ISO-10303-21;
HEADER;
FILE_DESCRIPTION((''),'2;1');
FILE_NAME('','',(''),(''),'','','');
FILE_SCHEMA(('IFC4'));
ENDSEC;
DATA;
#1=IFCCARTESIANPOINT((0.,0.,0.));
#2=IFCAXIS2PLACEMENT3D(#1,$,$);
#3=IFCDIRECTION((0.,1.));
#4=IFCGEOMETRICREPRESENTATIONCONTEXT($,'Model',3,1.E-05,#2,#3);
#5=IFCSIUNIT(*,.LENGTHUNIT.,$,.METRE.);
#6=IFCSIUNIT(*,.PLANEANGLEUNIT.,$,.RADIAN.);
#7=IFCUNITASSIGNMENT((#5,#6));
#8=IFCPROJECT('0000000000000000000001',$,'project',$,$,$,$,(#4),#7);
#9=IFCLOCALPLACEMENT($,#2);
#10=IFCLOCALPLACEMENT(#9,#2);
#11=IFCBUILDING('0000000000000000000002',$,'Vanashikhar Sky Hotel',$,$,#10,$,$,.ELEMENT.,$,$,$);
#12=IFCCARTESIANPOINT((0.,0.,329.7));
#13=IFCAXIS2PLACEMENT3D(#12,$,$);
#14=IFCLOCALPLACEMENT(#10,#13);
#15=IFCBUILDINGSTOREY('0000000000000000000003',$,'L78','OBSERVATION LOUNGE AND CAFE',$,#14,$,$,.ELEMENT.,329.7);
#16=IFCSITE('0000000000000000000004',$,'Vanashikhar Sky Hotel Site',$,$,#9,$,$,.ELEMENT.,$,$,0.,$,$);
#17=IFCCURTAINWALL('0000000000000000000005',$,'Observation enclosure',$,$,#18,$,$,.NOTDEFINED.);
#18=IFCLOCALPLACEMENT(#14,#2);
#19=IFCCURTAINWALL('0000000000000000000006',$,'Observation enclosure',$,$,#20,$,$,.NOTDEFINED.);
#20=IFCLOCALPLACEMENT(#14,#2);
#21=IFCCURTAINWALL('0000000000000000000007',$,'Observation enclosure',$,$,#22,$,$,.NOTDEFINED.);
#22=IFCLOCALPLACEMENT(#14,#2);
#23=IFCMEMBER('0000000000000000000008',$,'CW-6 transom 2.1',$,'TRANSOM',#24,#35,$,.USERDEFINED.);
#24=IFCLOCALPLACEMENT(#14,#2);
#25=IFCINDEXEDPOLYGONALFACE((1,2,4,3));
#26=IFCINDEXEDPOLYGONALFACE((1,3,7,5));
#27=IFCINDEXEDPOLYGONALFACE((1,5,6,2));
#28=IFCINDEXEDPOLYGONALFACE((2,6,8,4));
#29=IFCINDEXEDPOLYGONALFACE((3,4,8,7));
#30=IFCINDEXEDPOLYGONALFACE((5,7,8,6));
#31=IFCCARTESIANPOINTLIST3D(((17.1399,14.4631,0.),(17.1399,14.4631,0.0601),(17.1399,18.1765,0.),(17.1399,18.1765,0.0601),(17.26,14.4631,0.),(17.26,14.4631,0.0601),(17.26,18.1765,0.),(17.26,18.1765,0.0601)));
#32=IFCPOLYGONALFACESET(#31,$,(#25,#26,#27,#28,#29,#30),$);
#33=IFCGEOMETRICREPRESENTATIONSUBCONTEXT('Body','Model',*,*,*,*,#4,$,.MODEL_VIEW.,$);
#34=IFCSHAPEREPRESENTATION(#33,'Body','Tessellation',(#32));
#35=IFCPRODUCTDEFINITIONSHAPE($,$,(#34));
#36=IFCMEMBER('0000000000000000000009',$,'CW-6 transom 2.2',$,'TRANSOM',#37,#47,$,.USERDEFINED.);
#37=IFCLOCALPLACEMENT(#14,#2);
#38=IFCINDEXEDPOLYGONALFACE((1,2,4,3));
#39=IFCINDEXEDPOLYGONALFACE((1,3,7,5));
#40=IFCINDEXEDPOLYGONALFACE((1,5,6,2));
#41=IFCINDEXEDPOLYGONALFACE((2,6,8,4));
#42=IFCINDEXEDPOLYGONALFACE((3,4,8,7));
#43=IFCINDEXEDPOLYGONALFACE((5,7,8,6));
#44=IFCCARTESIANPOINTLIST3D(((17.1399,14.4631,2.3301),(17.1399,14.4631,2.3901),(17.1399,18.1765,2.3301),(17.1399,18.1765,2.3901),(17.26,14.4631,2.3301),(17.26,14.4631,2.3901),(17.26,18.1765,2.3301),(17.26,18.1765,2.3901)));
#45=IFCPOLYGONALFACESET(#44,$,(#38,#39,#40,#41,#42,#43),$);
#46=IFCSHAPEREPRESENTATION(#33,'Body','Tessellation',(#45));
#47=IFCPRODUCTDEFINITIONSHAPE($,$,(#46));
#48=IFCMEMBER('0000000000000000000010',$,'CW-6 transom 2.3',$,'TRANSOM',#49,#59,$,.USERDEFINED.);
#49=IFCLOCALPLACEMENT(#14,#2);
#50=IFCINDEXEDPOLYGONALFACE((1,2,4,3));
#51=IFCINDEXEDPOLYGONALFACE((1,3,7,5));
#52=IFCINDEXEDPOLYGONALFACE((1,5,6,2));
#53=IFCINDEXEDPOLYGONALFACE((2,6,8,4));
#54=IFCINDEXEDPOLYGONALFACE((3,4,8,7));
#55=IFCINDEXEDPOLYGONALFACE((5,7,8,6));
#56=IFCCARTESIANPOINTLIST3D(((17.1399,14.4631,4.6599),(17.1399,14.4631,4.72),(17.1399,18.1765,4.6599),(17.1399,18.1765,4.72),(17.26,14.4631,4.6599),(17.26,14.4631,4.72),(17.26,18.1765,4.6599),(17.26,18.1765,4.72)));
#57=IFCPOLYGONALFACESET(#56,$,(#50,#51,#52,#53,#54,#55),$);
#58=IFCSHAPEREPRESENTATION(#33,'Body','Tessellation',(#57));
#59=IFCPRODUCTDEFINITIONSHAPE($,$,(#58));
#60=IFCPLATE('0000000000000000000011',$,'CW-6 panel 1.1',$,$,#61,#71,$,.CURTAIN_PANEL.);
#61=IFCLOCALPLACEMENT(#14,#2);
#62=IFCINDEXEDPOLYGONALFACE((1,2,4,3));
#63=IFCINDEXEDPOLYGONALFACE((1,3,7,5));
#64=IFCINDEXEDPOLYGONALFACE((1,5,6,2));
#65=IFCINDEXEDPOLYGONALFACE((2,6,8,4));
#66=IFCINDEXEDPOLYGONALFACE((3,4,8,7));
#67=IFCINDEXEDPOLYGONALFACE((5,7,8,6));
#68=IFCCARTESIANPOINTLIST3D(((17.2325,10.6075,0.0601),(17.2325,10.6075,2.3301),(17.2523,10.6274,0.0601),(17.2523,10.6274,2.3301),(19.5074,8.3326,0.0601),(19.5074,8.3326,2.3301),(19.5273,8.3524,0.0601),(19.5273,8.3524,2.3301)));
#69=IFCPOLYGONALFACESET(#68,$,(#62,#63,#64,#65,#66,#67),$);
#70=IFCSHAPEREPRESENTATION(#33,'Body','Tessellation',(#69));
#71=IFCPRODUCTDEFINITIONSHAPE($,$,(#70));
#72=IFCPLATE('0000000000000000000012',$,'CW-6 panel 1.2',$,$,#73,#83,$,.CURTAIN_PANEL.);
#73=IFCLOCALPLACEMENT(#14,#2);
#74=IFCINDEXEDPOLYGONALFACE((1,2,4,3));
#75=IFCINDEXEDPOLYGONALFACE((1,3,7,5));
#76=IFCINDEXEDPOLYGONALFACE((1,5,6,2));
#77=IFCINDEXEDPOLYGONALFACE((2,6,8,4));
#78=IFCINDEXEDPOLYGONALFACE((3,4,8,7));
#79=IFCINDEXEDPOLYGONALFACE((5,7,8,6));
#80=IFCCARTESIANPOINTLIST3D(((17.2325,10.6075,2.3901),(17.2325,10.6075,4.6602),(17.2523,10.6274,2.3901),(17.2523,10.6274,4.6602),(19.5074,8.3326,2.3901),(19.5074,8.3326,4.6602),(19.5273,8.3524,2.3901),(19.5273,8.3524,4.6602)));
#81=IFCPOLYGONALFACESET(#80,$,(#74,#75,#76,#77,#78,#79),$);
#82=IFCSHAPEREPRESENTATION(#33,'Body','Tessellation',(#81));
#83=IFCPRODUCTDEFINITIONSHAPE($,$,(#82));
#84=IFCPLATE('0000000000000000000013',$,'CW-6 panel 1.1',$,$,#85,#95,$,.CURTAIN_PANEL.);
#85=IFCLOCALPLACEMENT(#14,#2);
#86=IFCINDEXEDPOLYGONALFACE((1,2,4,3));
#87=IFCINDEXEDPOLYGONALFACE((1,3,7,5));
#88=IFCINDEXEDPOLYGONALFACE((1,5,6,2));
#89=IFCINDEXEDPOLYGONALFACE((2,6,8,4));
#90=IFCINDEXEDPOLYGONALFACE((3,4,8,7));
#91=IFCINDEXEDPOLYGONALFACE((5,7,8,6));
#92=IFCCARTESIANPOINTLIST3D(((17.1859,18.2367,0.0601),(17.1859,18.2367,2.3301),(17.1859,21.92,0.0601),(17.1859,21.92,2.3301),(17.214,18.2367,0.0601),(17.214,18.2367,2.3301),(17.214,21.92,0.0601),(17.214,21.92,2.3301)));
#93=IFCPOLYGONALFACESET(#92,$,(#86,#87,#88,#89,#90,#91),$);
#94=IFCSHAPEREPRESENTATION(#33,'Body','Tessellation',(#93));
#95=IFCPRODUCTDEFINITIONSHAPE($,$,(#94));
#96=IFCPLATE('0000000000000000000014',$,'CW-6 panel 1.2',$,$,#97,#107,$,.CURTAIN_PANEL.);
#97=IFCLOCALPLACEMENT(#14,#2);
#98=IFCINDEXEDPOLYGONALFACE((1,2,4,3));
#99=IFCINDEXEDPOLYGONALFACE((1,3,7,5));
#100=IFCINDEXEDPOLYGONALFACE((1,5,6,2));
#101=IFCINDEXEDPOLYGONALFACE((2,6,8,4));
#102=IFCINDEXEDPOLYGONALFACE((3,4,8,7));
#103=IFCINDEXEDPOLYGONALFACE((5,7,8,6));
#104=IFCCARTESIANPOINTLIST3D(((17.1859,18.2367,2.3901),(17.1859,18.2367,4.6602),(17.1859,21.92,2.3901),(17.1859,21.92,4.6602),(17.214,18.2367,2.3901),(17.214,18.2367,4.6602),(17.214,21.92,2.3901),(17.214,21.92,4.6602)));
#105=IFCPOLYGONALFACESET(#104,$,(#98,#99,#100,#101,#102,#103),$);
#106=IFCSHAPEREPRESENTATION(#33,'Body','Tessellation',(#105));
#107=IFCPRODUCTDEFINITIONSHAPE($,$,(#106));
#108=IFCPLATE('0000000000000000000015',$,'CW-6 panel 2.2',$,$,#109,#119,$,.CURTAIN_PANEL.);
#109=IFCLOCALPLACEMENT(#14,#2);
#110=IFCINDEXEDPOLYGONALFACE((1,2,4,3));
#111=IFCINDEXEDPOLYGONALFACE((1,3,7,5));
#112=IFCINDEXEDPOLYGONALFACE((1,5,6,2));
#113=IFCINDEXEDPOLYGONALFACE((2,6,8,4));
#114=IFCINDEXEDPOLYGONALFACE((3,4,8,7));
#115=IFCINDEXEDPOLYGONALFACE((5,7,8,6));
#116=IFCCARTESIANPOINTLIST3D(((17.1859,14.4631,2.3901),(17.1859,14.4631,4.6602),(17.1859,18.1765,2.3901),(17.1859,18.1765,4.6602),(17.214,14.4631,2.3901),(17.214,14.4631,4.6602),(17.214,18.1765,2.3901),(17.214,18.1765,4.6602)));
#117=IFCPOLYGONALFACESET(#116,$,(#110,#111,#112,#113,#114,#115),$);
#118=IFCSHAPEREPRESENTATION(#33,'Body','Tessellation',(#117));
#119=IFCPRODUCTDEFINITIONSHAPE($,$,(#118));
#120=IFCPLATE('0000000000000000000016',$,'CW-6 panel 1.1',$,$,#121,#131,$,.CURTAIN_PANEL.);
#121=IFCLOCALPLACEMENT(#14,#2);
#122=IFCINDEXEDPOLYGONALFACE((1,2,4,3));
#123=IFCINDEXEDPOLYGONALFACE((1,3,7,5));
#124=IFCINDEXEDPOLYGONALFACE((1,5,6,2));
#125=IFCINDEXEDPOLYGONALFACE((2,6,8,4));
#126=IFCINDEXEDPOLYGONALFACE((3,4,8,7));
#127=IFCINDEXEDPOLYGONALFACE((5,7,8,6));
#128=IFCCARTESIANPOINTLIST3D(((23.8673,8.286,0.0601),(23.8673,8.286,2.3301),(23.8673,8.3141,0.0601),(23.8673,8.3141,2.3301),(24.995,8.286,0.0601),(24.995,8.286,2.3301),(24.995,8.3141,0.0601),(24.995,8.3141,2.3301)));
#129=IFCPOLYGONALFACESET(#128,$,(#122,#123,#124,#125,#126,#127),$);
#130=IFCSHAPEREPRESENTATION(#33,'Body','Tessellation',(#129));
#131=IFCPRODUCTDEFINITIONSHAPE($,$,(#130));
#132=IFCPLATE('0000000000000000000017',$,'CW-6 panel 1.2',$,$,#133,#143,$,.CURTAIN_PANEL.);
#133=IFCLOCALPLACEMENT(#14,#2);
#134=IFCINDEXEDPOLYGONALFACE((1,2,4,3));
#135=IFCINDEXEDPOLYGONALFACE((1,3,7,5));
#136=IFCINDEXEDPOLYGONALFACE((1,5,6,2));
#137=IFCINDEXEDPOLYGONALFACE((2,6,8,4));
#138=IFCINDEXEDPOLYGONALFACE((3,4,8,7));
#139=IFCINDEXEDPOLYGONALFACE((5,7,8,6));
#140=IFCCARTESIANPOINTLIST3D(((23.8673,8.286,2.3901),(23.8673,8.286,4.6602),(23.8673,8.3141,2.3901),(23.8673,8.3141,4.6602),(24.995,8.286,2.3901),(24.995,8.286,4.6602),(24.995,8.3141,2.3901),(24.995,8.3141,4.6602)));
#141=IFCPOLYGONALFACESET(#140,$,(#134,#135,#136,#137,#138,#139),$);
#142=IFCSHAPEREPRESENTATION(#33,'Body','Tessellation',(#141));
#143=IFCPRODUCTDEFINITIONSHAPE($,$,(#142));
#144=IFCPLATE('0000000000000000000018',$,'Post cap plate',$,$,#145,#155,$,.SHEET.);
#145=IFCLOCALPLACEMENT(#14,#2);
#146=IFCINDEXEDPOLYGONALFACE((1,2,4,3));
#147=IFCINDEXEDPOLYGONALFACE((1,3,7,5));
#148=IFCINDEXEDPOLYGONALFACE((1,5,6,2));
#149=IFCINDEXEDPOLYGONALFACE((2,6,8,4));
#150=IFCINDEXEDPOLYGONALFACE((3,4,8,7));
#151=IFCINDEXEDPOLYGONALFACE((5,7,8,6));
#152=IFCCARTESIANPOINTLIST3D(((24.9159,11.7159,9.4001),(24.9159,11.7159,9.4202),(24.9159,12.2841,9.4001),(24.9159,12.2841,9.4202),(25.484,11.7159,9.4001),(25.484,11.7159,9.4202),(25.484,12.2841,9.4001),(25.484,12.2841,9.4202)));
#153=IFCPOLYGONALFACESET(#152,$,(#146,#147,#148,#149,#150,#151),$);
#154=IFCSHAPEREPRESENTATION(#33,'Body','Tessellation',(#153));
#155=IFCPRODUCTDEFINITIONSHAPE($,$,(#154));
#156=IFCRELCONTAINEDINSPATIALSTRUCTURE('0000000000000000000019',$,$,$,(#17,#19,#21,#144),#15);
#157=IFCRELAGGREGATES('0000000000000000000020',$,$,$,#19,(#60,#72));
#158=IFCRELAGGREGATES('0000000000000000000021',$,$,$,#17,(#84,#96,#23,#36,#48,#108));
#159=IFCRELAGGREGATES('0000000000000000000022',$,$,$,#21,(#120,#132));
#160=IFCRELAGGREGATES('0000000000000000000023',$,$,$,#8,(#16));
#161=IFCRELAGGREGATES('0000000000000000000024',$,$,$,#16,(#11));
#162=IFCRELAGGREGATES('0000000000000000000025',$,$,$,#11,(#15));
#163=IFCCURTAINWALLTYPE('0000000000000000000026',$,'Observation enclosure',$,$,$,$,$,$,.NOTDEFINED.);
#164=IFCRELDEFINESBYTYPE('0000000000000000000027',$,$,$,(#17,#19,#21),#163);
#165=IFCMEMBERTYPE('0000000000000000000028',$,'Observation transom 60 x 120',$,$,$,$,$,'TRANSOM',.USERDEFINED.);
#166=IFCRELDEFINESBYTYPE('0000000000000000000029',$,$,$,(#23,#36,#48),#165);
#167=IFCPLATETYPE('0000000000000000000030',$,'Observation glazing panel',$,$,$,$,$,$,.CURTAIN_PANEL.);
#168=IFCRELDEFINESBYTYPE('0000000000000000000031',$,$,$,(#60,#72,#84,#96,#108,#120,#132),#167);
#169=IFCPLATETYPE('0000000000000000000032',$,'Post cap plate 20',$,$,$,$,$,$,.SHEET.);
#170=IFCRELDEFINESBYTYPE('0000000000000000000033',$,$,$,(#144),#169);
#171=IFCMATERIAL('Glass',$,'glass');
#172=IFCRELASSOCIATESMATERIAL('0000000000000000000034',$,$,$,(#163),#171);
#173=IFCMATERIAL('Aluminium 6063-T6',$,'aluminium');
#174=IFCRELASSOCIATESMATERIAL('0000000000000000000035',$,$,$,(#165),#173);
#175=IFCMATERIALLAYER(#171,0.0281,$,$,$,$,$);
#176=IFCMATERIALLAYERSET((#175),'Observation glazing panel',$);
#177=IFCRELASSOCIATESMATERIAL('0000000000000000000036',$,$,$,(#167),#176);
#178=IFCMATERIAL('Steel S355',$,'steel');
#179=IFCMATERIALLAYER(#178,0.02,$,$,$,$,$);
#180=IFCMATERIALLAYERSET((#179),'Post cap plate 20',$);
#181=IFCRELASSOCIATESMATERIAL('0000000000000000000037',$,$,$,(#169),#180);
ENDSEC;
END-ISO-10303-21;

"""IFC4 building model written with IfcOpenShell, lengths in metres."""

from ifc_helpers import new_model, si_unit, direction, frame, origin, origin_2d, place, context, subcontext, project, spatial, rectangle, extrude, source, transform, mapped, material, layer, layer_set, material_profile, profile_set, type_object, element, aggregate, save


model = new_model("IFC4")

# Units and contexts
model_context = context("Model", 3, precision=1e-05, world=origin(), true_north=direction((0.0, 1.0)))
body_context = subcontext(model_context, "Body", "Model", "MODEL_VIEW")
ifc_project = project(units=[si_unit("LENGTHUNIT", "METRE"), si_unit("PLANEANGLEUNIT", "RADIAN")], contexts=[model_context])

# Site, building, storey
site_placement = place(None, origin())
site = spatial("IfcSite", under=ifc_project, at=site_placement, Name="Vanashikhar Sky Hotel Site", CompositionType="ELEMENT", RefElevation=0.0)
building_placement = place(site_placement, origin())
building = spatial("IfcBuilding", under=site, at=building_placement, Name="Vanashikhar Sky Hotel", CompositionType="ELEMENT")
storey_placement = place(building_placement, frame((0.0, 0.0, 329.7)))
storey = spatial("IfcBuildingStorey", under=building, at=storey_placement, Name="L78", Description="OBSERVATION LOUNGE AND CAFE", CompositionType="ELEMENT", Elevation=329.7)

# Shared definitions
ifc_material_1 = material(Name="Steel S355", Category="steel")

# Curtain wall
ifc_material_2 = material(Name="Glass", Category="glass")
curtain_wall_type = type_object("IfcCurtainWallType", Name="Observation enclosure", PredefinedType="NOTDEFINED", material=ifc_material_2)
curtain_wall_1_placement = place(storey_placement, origin())
curtain_wall_1 = element("IfcCurtainWall", 1, at=curtain_wall_1_placement, inside=storey, type_object=curtain_wall_type, Name="Observation enclosure", PredefinedType="NOTDEFINED")
ifc_material_3 = material(Name="Aluminium 6063-T6", Category="aluminium")

# Curtain wall
curtain_wall_2_placement = place(storey_placement, origin())
curtain_wall_2 = element("IfcCurtainWall", 2, at=curtain_wall_2_placement, inside=storey, type_object=curtain_wall_type, Name="Observation enclosure", PredefinedType="NOTDEFINED")

# Curtain wall
curtain_wall_3_placement = place(storey_placement, origin())
curtain_wall_3 = element("IfcCurtainWall", 3, at=curtain_wall_3_placement, inside=storey, type_object=curtain_wall_type, Name="Observation enclosure", PredefinedType="NOTDEFINED")

# Members
ifc_material_profile_1 = material_profile(ifc_material_3, rectangle(XDim=0.1201, YDim=0.0601, at=origin_2d()))
ifc_profile_set_1 = profile_set([ifc_material_profile_1], Name="Aluminium 6063-T6")
member_type_1 = type_object("IfcMemberType", Name="Observation transom 60 x 120", ElementType="TRANSOM", PredefinedType="USERDEFINED", material=ifc_profile_set_1)
shared_shape_1 = source(origin(), body_context, "Body", "SweptSolid", [
    extrude(rectangle(XDim=0.1201, YDim=0.0601, at=origin_2d()), origin(), (0.0, 0.0, 1.0), 3.7134),
])
member_1_placement = place(storey_placement, frame((17.2, 18.1765, 0.03), z_axis=(0.0, -1.0, 0.0), x_axis=(1.0, 0.0, 0.0)))
member_1 = element("IfcMember", 4, at=member_1_placement, type_object=member_type_1, Name="CW-6 transom 2.1", ObjectType="TRANSOM", PredefinedType="USERDEFINED", context=body_context, shape_type="MappedRepresentation", body=[
    mapped(shared_shape_1, transform((0.0, 0.0, 0.0), scale=1.0)),
])
member_2_placement = place(storey_placement, frame((17.2, 18.1765, 2.3601), z_axis=(0.0, -1.0, 0.0), x_axis=(1.0, 0.0, 0.0)))
member_2 = element("IfcMember", 5, at=member_2_placement, type_object=member_type_1, Name="CW-6 transom 2.2", ObjectType="TRANSOM", PredefinedType="USERDEFINED", context=body_context, shape_type="MappedRepresentation", body=[
    mapped(shared_shape_1, transform((0.0, 0.0, 0.0), scale=1.0)),
])
member_3_placement = place(storey_placement, frame((17.2, 18.1765, 4.6899), z_axis=(0.0, -1.0, 0.0), x_axis=(1.0, 0.0, 0.0)))
member_3 = element("IfcMember", 6, at=member_3_placement, type_object=member_type_1, Name="CW-6 transom 2.3", ObjectType="TRANSOM", PredefinedType="USERDEFINED", context=body_context, shape_type="MappedRepresentation", body=[
    mapped(shared_shape_1, transform((0.0, 0.0, 0.0), scale=1.0)),
])

# Plates
ifc_layer_1 = layer(ifc_material_2, 0.0281)
ifc_layer_set_1 = layer_set([ifc_layer_1], Name="Observation glazing panel")
plate_type_1 = type_object("IfcPlateType", Name="Observation glazing panel", PredefinedType="CURTAIN_PANEL", material=ifc_layer_set_1)
shared_shape_2 = source(origin(), body_context, "Body", "SweptSolid", [
    extrude(rectangle(XDim=3.2173, YDim=0.0281, at=origin_2d()), origin(), (0.0, 0.0, 1.0), 2.27),
])
plate_1_placement = place(storey_placement, frame((18.3799, 9.48, 0.0601), z_axis=(0.0, 0.0, 1.0), x_axis=(0.707107, -0.707107, 0.0)))
plate_1 = element("IfcPlate", 7, at=plate_1_placement, type_object=plate_type_1, Name="CW-6 panel 1.1", PredefinedType="CURTAIN_PANEL", context=body_context, shape_type="MappedRepresentation", body=[
    mapped(shared_shape_2, transform((0.0, 0.0, 0.0), scale=1.0)),
])
plate_2_placement = place(storey_placement, frame((18.3799, 9.48, 2.3901), z_axis=(0.0, 0.0, 1.0), x_axis=(0.707107, -0.707107, 0.0)))
plate_2 = element("IfcPlate", 8, at=plate_2_placement, type_object=plate_type_1, Name="CW-6 panel 1.2", PredefinedType="CURTAIN_PANEL", context=body_context, shape_type="MappedRepresentation", body=[
    mapped(shared_shape_2, transform((0.0, 0.0, 0.0), scale=1.0)),
])
aggregate(curtain_wall_2, [plate_1, plate_2])
shared_shape_3 = source(origin(), body_context, "Body", "SweptSolid", [
    extrude(rectangle(XDim=3.6833, YDim=0.0281, at=origin_2d()), origin(), (0.0, 0.0, 1.0), 2.27),
])
plate_3_placement = place(storey_placement, frame((17.2, 20.0784, 0.0601), z_axis=(0.0, 0.0, 1.0), x_axis=(0.0, -1.0, 0.0)))
plate_3 = element("IfcPlate", 9, at=plate_3_placement, type_object=plate_type_1, Name="CW-6 panel 1.1", PredefinedType="CURTAIN_PANEL", context=body_context, shape_type="MappedRepresentation", body=[
    mapped(shared_shape_3, transform((0.0, 0.0, 0.0), scale=1.0)),
])
plate_4_placement = place(storey_placement, frame((17.2, 20.0784, 2.3901), z_axis=(0.0, 0.0, 1.0), x_axis=(0.0, -1.0, 0.0)))
plate_4 = element("IfcPlate", 10, at=plate_4_placement, type_object=plate_type_1, Name="CW-6 panel 1.2", PredefinedType="CURTAIN_PANEL", context=body_context, shape_type="MappedRepresentation", body=[
    mapped(shared_shape_3, transform((0.0, 0.0, 0.0), scale=1.0)),
])
shared_shape_4 = source(origin(), body_context, "Body", "SweptSolid", [
    extrude(rectangle(XDim=3.7134, YDim=0.0281, at=origin_2d()), origin(), (0.0, 0.0, 1.0), 2.27),
])
plate_5_placement = place(storey_placement, frame((17.2, 16.3198, 2.3901), z_axis=(0.0, 0.0, 1.0), x_axis=(0.0, -1.0, 0.0)))
plate_5 = element("IfcPlate", 11, at=plate_5_placement, type_object=plate_type_1, Name="CW-6 panel 2.2", PredefinedType="CURTAIN_PANEL", context=body_context, shape_type="MappedRepresentation", body=[
    mapped(shared_shape_4, transform((0.0, 0.0, 0.0), scale=1.0)),
])
aggregate(curtain_wall_1, [plate_3, plate_4, member_1, member_2, member_3, plate_5])
shared_shape_5 = source(origin(), body_context, "Body", "SweptSolid", [
    extrude(rectangle(XDim=1.1277, YDim=0.0281, at=origin_2d()), origin(), (0.0, 0.0, 1.0), 2.27),
])
plate_6_placement = place(storey_placement, frame((24.4312, 8.3, 0.0601), z_axis=(0.0, 0.0, 1.0), x_axis=(1.0, 0.0, 0.0)))
plate_6 = element("IfcPlate", 12, at=plate_6_placement, type_object=plate_type_1, Name="CW-6 panel 1.1", PredefinedType="CURTAIN_PANEL", context=body_context, shape_type="MappedRepresentation", body=[
    mapped(shared_shape_5, transform((0.0, 0.0, 0.0), scale=1.0)),
])
plate_7_placement = place(storey_placement, frame((24.4312, 8.3, 2.3901), z_axis=(0.0, 0.0, 1.0), x_axis=(1.0, 0.0, 0.0)))
plate_7 = element("IfcPlate", 13, at=plate_7_placement, type_object=plate_type_1, Name="CW-6 panel 1.2", PredefinedType="CURTAIN_PANEL", context=body_context, shape_type="MappedRepresentation", body=[
    mapped(shared_shape_5, transform((0.0, 0.0, 0.0), scale=1.0)),
])
aggregate(curtain_wall_3, [plate_6, plate_7])
ifc_layer_2 = layer(ifc_material_1, 0.02)
ifc_layer_set_2 = layer_set([ifc_layer_2], Name="Post cap plate 20")
plate_type_2 = type_object("IfcPlateType", Name="Post cap plate 20", PredefinedType="SHEET", material=ifc_layer_set_2)
shared_shape_6 = source(origin(), body_context, "Body", "SweptSolid", [
    extrude(rectangle(XDim=0.5681, YDim=0.5681, at=origin_2d()), origin(), (0.0, 0.0, 1.0), 0.02),
])
plate_8_placement = place(storey_placement, frame((25.2, 12.0, 9.4001), z_axis=(0.0, 0.0, 1.0), x_axis=(1.0, 0.0, 0.0)))
element("IfcPlate", 14, at=plate_8_placement, inside=storey, type_object=plate_type_2, Name="Post cap plate", PredefinedType="SHEET", context=body_context, shape_type="MappedRepresentation", body=[
    mapped(shared_shape_6, transform((0.0, 0.0, 0.0), scale=1.0)),
])

save(model, "model.ifc")
